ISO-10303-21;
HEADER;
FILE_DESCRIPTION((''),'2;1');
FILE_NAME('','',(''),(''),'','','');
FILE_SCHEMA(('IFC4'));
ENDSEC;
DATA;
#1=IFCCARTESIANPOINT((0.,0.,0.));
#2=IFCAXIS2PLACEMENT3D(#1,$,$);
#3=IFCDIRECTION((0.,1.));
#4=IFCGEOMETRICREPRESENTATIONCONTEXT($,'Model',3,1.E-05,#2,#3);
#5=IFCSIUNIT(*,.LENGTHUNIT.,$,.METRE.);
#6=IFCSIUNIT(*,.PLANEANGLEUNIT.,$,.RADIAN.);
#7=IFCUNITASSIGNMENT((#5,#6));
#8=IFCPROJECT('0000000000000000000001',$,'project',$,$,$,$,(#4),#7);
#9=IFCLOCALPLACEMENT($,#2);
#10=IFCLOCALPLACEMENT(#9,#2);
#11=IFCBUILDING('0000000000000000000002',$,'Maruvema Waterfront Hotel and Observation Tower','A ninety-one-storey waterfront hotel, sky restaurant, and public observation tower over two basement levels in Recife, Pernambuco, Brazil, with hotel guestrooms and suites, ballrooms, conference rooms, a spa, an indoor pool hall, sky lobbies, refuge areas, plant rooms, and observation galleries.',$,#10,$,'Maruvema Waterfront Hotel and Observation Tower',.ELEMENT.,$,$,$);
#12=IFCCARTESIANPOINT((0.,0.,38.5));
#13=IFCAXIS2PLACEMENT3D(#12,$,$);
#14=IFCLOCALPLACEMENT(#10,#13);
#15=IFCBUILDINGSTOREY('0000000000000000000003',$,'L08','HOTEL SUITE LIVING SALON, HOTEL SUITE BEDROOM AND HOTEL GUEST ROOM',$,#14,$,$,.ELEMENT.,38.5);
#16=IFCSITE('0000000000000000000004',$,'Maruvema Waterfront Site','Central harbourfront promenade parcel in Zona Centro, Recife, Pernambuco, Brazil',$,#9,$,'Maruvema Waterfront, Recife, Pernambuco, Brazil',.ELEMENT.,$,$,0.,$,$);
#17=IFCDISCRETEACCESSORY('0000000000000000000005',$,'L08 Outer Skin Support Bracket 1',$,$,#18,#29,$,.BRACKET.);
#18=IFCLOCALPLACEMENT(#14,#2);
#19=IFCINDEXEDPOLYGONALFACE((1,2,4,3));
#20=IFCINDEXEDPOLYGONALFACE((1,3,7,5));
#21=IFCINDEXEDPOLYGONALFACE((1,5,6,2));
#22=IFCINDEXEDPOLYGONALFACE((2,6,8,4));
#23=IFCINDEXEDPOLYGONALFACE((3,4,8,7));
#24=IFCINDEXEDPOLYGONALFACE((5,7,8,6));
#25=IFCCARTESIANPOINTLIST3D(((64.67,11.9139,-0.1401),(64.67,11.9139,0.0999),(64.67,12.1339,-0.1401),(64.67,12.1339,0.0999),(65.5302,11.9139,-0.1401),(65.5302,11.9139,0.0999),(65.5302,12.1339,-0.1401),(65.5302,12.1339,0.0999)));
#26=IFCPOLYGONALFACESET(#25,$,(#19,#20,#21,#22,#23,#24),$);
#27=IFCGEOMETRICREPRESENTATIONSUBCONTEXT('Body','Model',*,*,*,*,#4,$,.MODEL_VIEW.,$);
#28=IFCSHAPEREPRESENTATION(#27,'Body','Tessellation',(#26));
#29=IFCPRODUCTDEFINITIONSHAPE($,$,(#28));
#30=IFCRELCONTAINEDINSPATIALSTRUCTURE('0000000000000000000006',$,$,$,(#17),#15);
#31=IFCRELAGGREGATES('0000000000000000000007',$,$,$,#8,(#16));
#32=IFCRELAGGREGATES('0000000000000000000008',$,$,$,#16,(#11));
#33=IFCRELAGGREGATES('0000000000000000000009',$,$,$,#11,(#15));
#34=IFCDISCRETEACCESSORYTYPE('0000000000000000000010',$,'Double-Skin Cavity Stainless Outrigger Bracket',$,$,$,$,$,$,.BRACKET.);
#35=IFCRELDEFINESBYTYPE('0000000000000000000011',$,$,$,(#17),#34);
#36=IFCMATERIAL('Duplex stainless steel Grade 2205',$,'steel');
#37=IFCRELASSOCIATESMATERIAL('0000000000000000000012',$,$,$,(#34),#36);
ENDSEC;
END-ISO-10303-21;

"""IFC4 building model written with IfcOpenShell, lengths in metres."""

from ifc_helpers import new_model, si_unit, direction, frame, origin, origin_2d, place, context, subcontext, project, spatial, rectangle, extrude, material, type_object, element, save


model = new_model("IFC4")

# Units and contexts
model_context = context("Model", 3, precision=1e-05, world=origin(), true_north=direction((0.0, 1.0)))
body_context = subcontext(model_context, "Body", "Model", "MODEL_VIEW")
ifc_project = project(units=[si_unit("LENGTHUNIT", "METRE"), si_unit("PLANEANGLEUNIT", "RADIAN")], contexts=[model_context])

# Site, building, storey
site_placement = place(None, origin())
site = spatial("IfcSite", under=ifc_project, at=site_placement, Name="Maruvema Waterfront Site", Description="Central harbourfront promenade parcel in Zona Centro, Recife, Pernambuco, Brazil", LongName="Maruvema Waterfront, Recife, Pernambuco, Brazil", CompositionType="ELEMENT", RefElevation=0.0)
building_placement = place(site_placement, origin())
building = spatial("IfcBuilding", under=site, at=building_placement, Name="Maruvema Waterfront Hotel and Observation Tower", Description="A ninety-one-storey waterfront hotel, sky restaurant, and public observation tower over two basement levels in Recife, Pernambuco, Brazil, with hotel guestrooms and suites, ballrooms, conference rooms, a spa, an indoor pool hall, sky lobbies, refuge areas, plant rooms, and observation galleries.", LongName="Maruvema Waterfront Hotel and Observation Tower", CompositionType="ELEMENT")
storey_placement = place(building_placement, frame((0.0, 0.0, 38.5)))
storey = spatial("IfcBuildingStorey", under=building, at=storey_placement, Name="L08", Description="HOTEL SUITE LIVING SALON, HOTEL SUITE BEDROOM AND HOTEL GUEST ROOM", CompositionType="ELEMENT", Elevation=38.5)

# Discrete accessory
ifc_material_1 = material(Name="Duplex stainless steel Grade 2205", Category="steel")
discrete_accessory_type = type_object("IfcDiscreteAccessoryType", Name="Double-Skin Cavity Stainless Outrigger Bracket", PredefinedType="BRACKET", material=ifc_material_1)
discrete_accessory_placement = place(storey_placement, frame((65.1001, 12.0239, -0.1401), z_axis=(0.0, 0.0, 1.0), x_axis=(0.0, 1.0, 0.0)))
element("IfcDiscreteAccessory", 1, at=discrete_accessory_placement, inside=storey, type_object=discrete_accessory_type, Name="L08 Outer Skin Support Bracket 1", PredefinedType="BRACKET", context=body_context, shape_type="SweptSolid", body=[
    extrude(rectangle(XDim=0.22, YDim=0.8601, at=origin_2d()), origin(), (0.0, 0.0, 1.0), 0.24),
])

save(model, "model.ifc")
